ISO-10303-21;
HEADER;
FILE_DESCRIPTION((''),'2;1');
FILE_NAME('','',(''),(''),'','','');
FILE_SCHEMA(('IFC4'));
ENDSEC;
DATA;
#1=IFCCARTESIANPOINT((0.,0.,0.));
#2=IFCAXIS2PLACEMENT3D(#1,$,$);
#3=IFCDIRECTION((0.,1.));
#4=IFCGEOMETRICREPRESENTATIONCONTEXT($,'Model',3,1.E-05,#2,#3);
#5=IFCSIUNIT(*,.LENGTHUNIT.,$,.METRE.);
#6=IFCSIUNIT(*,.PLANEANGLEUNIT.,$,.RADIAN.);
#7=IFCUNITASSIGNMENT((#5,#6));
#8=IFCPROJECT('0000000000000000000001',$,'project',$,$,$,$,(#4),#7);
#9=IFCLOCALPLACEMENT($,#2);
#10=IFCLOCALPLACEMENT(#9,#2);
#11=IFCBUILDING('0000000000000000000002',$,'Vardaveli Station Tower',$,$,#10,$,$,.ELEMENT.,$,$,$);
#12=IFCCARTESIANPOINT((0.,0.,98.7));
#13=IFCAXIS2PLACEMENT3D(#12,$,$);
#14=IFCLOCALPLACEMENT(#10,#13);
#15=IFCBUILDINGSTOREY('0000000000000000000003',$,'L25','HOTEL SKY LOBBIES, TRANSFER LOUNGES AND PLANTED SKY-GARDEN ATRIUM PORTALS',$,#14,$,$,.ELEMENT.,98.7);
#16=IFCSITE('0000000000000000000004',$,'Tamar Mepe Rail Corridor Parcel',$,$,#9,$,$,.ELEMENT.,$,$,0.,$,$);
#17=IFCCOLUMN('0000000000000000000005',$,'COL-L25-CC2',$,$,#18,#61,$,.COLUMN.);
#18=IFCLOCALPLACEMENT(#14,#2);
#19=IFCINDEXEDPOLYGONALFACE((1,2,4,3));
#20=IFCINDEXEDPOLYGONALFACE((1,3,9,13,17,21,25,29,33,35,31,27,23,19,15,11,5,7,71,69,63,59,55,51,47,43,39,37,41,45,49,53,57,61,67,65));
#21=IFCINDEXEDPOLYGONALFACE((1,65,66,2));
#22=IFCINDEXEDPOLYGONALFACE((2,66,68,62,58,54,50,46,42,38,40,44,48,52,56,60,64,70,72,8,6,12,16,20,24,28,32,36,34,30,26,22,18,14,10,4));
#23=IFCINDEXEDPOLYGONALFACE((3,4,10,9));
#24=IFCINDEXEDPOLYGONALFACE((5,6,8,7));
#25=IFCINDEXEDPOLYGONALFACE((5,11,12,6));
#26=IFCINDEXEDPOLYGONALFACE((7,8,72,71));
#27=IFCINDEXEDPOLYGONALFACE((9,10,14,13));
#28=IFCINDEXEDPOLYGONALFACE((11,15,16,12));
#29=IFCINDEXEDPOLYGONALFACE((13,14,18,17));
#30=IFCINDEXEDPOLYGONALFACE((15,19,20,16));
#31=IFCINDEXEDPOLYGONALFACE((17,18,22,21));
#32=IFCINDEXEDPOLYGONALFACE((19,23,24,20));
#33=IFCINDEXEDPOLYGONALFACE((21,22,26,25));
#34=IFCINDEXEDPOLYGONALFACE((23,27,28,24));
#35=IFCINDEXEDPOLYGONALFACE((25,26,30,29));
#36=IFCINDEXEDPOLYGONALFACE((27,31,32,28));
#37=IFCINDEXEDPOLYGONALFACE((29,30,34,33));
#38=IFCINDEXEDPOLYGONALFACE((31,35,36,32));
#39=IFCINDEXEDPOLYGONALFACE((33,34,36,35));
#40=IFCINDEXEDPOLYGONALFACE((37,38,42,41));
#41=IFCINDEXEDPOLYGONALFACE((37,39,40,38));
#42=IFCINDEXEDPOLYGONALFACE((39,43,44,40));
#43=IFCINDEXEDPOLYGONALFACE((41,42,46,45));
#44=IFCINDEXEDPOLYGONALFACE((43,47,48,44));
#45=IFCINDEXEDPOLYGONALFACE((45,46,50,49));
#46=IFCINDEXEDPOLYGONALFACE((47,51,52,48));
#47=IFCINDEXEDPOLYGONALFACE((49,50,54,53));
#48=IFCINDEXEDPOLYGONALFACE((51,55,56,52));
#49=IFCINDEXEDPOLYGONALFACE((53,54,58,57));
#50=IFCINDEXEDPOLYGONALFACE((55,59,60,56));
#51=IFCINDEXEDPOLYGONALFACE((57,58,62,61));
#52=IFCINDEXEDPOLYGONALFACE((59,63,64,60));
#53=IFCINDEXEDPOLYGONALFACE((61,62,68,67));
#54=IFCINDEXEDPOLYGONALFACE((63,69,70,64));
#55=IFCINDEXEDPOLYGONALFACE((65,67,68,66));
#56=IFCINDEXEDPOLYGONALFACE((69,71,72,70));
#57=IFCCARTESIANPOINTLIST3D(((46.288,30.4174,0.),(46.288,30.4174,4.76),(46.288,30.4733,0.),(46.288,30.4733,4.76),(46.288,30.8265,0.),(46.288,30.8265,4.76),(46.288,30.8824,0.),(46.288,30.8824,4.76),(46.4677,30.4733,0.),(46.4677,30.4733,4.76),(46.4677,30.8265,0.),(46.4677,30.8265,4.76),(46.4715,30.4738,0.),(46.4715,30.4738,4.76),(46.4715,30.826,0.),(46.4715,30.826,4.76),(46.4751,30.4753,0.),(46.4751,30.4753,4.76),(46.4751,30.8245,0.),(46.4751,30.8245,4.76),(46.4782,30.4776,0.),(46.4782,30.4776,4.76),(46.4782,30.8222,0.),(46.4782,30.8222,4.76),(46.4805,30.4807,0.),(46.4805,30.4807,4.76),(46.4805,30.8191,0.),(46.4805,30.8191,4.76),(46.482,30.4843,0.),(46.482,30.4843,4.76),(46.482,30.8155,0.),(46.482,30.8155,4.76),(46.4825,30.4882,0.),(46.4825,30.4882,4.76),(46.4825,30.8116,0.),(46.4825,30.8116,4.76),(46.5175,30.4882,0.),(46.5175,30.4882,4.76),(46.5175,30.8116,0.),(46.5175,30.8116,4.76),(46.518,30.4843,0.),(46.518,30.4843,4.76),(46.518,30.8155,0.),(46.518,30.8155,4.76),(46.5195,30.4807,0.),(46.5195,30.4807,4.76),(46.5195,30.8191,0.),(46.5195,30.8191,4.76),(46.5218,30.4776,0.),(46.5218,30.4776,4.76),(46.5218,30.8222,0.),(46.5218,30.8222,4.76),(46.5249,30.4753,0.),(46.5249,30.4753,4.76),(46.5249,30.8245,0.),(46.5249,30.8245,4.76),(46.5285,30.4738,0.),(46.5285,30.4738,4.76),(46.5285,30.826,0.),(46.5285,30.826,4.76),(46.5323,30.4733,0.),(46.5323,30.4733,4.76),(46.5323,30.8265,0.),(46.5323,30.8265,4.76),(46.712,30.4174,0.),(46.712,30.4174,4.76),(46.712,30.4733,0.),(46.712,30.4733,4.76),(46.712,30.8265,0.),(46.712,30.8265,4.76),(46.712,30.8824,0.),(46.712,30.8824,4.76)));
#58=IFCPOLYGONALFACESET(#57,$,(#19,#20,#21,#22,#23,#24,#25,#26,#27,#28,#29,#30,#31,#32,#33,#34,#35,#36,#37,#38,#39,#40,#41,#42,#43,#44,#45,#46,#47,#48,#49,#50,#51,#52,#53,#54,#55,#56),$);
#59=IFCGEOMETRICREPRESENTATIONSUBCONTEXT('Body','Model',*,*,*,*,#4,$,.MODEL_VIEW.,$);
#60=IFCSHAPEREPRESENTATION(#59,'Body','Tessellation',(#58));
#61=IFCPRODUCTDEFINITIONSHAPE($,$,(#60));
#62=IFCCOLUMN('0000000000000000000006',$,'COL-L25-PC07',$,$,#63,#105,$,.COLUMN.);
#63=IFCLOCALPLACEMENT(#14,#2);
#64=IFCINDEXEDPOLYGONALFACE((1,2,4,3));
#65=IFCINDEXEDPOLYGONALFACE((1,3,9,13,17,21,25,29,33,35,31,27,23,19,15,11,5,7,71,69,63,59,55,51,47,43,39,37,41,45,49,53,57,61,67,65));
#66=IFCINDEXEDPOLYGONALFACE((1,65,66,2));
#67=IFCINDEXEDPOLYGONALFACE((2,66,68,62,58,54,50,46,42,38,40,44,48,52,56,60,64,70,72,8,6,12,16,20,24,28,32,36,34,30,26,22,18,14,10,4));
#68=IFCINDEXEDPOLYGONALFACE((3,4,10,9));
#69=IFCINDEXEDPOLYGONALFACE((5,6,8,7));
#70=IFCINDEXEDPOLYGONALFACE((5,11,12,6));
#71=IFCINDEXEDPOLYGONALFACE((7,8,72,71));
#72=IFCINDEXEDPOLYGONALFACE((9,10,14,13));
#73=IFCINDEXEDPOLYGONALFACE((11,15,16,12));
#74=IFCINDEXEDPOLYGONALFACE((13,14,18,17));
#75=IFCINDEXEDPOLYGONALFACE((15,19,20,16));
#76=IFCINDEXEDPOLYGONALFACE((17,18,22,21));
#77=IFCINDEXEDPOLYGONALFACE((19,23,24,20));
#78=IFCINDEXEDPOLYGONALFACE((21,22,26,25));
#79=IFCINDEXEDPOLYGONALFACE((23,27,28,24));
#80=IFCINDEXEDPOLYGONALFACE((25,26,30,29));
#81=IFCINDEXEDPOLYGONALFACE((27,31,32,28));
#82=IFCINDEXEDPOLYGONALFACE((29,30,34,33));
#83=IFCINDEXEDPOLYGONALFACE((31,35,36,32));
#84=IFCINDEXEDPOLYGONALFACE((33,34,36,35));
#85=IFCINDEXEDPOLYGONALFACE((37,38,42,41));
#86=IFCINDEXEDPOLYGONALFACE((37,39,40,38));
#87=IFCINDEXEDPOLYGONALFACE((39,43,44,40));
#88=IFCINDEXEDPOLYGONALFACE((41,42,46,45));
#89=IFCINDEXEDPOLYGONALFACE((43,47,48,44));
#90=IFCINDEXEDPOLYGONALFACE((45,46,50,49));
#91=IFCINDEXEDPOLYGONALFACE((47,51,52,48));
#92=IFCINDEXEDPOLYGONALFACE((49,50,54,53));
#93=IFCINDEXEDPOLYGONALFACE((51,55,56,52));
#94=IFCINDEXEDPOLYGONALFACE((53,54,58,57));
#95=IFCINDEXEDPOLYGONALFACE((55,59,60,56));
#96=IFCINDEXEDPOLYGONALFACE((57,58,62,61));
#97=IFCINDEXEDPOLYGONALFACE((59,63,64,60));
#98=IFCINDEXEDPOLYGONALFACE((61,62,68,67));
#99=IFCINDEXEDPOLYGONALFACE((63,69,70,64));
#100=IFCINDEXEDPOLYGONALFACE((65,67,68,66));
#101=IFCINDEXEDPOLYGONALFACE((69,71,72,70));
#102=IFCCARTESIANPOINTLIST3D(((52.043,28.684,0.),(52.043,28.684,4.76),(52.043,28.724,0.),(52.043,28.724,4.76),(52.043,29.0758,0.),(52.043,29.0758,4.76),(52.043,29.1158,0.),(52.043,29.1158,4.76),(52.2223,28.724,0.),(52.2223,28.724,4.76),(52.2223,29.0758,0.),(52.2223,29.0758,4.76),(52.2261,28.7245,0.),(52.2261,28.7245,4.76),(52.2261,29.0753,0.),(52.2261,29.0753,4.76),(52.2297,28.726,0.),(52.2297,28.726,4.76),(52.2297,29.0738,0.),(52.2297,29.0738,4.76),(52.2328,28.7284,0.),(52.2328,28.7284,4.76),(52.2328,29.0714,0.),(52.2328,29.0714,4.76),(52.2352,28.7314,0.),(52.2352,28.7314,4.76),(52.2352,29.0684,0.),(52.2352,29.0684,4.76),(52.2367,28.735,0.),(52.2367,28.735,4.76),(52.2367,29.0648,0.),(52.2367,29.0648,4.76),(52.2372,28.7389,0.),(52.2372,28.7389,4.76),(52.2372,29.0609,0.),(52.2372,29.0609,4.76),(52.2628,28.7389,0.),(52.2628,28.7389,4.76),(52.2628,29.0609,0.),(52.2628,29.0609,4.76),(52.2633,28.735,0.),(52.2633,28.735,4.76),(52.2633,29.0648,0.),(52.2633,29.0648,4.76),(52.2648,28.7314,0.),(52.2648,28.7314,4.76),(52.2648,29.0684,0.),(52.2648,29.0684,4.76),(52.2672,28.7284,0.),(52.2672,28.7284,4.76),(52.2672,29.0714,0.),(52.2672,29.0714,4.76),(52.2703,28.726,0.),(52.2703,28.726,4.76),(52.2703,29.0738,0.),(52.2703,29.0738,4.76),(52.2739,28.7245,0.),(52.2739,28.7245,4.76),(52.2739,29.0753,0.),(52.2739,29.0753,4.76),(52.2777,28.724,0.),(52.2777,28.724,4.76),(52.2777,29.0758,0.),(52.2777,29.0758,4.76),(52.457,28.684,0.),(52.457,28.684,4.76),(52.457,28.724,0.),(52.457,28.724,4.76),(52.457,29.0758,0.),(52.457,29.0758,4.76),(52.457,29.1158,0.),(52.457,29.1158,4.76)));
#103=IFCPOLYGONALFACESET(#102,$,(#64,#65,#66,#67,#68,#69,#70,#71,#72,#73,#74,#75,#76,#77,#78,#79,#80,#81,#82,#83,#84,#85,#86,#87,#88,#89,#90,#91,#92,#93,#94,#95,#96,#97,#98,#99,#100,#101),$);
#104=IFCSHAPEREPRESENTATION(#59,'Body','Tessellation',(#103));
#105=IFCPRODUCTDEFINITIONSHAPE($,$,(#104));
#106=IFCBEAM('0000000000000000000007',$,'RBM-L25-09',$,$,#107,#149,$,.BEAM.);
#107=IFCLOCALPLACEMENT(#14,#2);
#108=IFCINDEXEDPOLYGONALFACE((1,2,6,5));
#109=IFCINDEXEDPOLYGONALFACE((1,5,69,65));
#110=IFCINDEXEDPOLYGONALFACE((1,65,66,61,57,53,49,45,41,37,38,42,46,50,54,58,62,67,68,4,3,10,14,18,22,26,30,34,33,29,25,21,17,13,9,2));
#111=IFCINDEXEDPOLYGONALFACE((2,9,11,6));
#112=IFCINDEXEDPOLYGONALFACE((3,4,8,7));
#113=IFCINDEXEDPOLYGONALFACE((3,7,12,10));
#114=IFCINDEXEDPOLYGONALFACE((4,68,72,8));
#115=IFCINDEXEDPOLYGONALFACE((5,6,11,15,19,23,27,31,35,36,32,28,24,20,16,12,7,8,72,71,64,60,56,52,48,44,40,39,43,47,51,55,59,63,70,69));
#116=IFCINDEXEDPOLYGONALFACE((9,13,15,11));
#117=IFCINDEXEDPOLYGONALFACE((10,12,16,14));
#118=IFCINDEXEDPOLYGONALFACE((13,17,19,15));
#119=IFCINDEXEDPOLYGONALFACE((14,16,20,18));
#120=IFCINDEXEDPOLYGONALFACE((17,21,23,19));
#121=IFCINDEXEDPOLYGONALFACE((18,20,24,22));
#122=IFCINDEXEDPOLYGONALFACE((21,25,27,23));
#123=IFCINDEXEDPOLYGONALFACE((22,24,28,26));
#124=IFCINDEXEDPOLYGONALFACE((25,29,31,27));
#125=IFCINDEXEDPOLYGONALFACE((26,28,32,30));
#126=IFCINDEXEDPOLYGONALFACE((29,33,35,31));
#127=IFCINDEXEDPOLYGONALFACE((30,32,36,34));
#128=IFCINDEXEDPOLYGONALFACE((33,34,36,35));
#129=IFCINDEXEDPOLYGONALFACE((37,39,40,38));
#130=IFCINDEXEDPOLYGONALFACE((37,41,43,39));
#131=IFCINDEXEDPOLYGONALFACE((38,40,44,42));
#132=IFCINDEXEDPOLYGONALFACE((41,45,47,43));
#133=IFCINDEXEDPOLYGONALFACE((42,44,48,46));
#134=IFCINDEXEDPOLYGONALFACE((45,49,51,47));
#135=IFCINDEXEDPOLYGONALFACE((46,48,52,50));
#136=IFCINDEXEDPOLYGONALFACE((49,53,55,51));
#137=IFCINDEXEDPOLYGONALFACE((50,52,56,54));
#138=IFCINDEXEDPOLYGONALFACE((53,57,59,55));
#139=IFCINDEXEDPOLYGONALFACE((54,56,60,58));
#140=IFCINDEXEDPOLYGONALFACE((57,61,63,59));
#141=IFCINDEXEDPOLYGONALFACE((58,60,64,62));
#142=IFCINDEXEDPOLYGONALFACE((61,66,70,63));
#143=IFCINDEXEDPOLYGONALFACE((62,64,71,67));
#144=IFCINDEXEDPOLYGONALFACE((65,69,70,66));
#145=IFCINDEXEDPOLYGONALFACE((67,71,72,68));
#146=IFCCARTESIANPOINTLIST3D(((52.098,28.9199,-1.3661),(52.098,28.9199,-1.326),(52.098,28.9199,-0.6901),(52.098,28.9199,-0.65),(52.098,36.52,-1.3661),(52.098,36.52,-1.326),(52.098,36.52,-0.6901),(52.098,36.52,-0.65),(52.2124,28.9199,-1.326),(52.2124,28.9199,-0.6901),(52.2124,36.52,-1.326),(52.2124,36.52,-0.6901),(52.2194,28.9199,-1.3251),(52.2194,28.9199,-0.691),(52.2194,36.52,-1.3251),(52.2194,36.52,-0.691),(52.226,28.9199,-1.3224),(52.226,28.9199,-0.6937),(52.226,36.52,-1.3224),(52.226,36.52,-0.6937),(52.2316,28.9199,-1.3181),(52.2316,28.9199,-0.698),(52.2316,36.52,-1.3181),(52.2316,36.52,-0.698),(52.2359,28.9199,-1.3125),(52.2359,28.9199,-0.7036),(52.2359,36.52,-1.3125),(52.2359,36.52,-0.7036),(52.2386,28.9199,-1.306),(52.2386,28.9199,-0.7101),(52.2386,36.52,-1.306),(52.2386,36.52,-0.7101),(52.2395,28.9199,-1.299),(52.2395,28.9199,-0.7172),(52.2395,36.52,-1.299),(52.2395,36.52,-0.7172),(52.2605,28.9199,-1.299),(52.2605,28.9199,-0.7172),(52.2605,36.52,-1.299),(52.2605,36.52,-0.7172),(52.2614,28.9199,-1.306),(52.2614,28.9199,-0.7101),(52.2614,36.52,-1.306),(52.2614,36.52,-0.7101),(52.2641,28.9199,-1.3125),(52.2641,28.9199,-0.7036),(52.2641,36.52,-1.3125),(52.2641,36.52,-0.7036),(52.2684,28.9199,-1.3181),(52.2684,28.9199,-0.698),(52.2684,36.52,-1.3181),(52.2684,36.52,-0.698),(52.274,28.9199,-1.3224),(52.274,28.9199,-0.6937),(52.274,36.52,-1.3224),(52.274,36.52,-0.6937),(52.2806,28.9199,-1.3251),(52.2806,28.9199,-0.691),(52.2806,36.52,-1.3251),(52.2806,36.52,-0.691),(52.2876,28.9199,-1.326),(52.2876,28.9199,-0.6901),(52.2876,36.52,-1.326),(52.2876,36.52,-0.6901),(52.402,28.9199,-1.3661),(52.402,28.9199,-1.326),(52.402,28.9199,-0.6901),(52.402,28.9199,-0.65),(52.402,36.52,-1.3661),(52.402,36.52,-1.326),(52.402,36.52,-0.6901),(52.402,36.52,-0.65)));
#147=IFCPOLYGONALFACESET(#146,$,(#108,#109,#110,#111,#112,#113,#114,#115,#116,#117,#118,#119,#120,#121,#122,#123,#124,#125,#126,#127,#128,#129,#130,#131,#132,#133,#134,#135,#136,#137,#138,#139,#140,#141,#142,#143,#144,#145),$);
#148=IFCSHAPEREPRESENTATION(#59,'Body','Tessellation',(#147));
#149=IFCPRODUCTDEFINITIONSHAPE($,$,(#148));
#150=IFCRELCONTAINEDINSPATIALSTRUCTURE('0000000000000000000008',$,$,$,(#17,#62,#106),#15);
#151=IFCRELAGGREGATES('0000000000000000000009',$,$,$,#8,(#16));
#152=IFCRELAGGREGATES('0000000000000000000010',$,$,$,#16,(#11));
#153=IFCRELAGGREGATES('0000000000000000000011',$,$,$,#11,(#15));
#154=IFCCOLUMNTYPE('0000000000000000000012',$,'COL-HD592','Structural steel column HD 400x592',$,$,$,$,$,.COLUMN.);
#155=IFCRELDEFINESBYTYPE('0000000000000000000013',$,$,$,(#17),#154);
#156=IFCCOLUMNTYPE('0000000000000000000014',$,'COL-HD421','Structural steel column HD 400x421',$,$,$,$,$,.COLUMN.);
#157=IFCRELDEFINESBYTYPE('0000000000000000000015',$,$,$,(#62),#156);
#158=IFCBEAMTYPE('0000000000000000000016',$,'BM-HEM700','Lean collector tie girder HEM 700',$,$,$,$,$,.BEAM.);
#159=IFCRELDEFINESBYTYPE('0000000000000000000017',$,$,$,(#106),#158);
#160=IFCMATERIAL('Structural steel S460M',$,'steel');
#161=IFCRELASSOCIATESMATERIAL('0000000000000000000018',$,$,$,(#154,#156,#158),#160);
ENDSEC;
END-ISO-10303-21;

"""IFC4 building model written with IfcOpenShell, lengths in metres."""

from ifc_helpers import new_model, si_unit, direction, frame, origin, origin_2d, place, context, subcontext, project, spatial, i_section, extrude, source, transform, mapped, material, material_profile, profile_set, type_object, element, save


model = new_model("IFC4")

# Units and contexts
model_context = context("Model", 3, precision=1e-05, world=origin(), true_north=direction((0.0, 1.0)))
body_context = subcontext(model_context, "Body", "Model", "MODEL_VIEW")
ifc_project = project(units=[si_unit("LENGTHUNIT", "METRE"), si_unit("PLANEANGLEUNIT", "RADIAN")], contexts=[model_context])

# Site, building, storey
site_placement = place(None, origin())
site = spatial("IfcSite", under=ifc_project, at=site_placement, Name="Tamar Mepe Rail Corridor Parcel", CompositionType="ELEMENT", RefElevation=0.0)
building_placement = place(site_placement, origin())
building = spatial("IfcBuilding", under=site, at=building_placement, Name="Vardaveli Station Tower", CompositionType="ELEMENT")
storey_placement = place(building_placement, frame((0.0, 0.0, 98.7)))
storey = spatial("IfcBuildingStorey", under=building, at=storey_placement, Name="L25", Description="HOTEL SKY LOBBIES, TRANSFER LOUNGES AND PLANTED SKY-GARDEN ATRIUM PORTALS", CompositionType="ELEMENT", Elevation=98.7)

# Columns
ifc_material_1 = material(Name="Structural steel S460M", Category="steel")
ifc_material_profile_1 = material_profile(ifc_material_1, i_section(OverallWidth=0.4241, OverallDepth=0.4651, WebThickness=0.0349, FlangeThickness=0.0559, FilletRadius=0.0149, at=origin_2d()), Name="HD 400x592")
ifc_profile_set_1 = profile_set([ifc_material_profile_1], Name="Structural steel S460M")
column_type_1 = type_object("IfcColumnType", Name="COL-HD592", Description="Structural steel column HD 400x592", PredefinedType="COLUMN", material=ifc_profile_set_1)
shared_shape_1 = source(origin(), body_context, "Body", "SweptSolid", [
    extrude(i_section(OverallWidth=0.4241, OverallDepth=0.4651, WebThickness=0.0349, FlangeThickness=0.0559, FilletRadius=0.0149, at=origin_2d()), origin(), (0.0, 0.0, 1.0), 4.76),
])
column_1_placement = place(storey_placement, frame((46.5, 30.6499, 0.0), z_axis=(0.0, 0.0, 1.0), x_axis=(1.0, 0.0, 0.0)))
element("IfcColumn", 1, at=column_1_placement, inside=storey, type_object=column_type_1, Name="COL-L25-CC2", PredefinedType="COLUMN", context=body_context, shape_type="MappedRepresentation", body=[
    mapped(shared_shape_1, transform((0.0, 0.0, 0.0), scale=1.0)),
])
ifc_material_profile_2 = material_profile(ifc_material_1, i_section(OverallWidth=0.4141, OverallDepth=0.4319, WebThickness=0.0256, FlangeThickness=0.04, FilletRadius=0.0149, at=origin_2d()), Name="HD 400x421")
ifc_profile_set_2 = profile_set([ifc_material_profile_2], Name="Structural steel S460M")
column_type_2 = type_object("IfcColumnType", Name="COL-HD421", Description="Structural steel column HD 400x421", PredefinedType="COLUMN", material=ifc_profile_set_2)
shared_shape_2 = source(origin(), body_context, "Body", "SweptSolid", [
    extrude(i_section(OverallWidth=0.4141, OverallDepth=0.4319, WebThickness=0.0256, FlangeThickness=0.04, FilletRadius=0.0149, at=origin_2d()), origin(), (0.0, 0.0, 1.0), 4.76),
])
column_2_placement = place(storey_placement, frame((52.25, 28.8999, 0.0), z_axis=(0.0, 0.0, 1.0), x_axis=(1.0, 0.0, 0.0)))
element("IfcColumn", 2, at=column_2_placement, inside=storey, type_object=column_type_2, Name="COL-L25-PC07", PredefinedType="COLUMN", context=body_context, shape_type="MappedRepresentation", body=[
    mapped(shared_shape_2, transform((0.0, 0.0, 0.0), scale=1.0)),
])

# Beam
ifc_material_profile_3 = material_profile(ifc_material_1, i_section(OverallWidth=0.304, OverallDepth=0.7161, WebThickness=0.021, FlangeThickness=0.04, FilletRadius=0.0271, at=origin_2d()), Name="HEM 700")
ifc_profile_set_3 = profile_set([ifc_material_profile_3], Name="Structural steel S460M")
beam_type_1 = type_object("IfcBeamType", Name="BM-HEM700", Description="Lean collector tie girder HEM 700", PredefinedType="BEAM", material=ifc_profile_set_3)
shared_shape_3 = source(origin(), body_context, "Body", "SweptSolid", [
    extrude(i_section(OverallWidth=0.304, OverallDepth=0.7161, WebThickness=0.021, FlangeThickness=0.04, FilletRadius=0.0271, at=origin_2d()), origin(), (0.0, 0.0, 1.0), 7.6001),
])
beam_1_placement = place(storey_placement, frame((52.25, 28.9199, -1.0081), z_axis=(0.0, 1.0, 0.0), x_axis=(-1.0, 0.0, 0.0)))
element("IfcBeam", 3, at=beam_1_placement, inside=storey, type_object=beam_type_1, Name="RBM-L25-09", PredefinedType="BEAM", context=body_context, shape_type="MappedRepresentation", body=[
    mapped(shared_shape_3, transform((0.0, 0.0, 0.0), scale=1.0)),
])

save(model, "model.ifc")
